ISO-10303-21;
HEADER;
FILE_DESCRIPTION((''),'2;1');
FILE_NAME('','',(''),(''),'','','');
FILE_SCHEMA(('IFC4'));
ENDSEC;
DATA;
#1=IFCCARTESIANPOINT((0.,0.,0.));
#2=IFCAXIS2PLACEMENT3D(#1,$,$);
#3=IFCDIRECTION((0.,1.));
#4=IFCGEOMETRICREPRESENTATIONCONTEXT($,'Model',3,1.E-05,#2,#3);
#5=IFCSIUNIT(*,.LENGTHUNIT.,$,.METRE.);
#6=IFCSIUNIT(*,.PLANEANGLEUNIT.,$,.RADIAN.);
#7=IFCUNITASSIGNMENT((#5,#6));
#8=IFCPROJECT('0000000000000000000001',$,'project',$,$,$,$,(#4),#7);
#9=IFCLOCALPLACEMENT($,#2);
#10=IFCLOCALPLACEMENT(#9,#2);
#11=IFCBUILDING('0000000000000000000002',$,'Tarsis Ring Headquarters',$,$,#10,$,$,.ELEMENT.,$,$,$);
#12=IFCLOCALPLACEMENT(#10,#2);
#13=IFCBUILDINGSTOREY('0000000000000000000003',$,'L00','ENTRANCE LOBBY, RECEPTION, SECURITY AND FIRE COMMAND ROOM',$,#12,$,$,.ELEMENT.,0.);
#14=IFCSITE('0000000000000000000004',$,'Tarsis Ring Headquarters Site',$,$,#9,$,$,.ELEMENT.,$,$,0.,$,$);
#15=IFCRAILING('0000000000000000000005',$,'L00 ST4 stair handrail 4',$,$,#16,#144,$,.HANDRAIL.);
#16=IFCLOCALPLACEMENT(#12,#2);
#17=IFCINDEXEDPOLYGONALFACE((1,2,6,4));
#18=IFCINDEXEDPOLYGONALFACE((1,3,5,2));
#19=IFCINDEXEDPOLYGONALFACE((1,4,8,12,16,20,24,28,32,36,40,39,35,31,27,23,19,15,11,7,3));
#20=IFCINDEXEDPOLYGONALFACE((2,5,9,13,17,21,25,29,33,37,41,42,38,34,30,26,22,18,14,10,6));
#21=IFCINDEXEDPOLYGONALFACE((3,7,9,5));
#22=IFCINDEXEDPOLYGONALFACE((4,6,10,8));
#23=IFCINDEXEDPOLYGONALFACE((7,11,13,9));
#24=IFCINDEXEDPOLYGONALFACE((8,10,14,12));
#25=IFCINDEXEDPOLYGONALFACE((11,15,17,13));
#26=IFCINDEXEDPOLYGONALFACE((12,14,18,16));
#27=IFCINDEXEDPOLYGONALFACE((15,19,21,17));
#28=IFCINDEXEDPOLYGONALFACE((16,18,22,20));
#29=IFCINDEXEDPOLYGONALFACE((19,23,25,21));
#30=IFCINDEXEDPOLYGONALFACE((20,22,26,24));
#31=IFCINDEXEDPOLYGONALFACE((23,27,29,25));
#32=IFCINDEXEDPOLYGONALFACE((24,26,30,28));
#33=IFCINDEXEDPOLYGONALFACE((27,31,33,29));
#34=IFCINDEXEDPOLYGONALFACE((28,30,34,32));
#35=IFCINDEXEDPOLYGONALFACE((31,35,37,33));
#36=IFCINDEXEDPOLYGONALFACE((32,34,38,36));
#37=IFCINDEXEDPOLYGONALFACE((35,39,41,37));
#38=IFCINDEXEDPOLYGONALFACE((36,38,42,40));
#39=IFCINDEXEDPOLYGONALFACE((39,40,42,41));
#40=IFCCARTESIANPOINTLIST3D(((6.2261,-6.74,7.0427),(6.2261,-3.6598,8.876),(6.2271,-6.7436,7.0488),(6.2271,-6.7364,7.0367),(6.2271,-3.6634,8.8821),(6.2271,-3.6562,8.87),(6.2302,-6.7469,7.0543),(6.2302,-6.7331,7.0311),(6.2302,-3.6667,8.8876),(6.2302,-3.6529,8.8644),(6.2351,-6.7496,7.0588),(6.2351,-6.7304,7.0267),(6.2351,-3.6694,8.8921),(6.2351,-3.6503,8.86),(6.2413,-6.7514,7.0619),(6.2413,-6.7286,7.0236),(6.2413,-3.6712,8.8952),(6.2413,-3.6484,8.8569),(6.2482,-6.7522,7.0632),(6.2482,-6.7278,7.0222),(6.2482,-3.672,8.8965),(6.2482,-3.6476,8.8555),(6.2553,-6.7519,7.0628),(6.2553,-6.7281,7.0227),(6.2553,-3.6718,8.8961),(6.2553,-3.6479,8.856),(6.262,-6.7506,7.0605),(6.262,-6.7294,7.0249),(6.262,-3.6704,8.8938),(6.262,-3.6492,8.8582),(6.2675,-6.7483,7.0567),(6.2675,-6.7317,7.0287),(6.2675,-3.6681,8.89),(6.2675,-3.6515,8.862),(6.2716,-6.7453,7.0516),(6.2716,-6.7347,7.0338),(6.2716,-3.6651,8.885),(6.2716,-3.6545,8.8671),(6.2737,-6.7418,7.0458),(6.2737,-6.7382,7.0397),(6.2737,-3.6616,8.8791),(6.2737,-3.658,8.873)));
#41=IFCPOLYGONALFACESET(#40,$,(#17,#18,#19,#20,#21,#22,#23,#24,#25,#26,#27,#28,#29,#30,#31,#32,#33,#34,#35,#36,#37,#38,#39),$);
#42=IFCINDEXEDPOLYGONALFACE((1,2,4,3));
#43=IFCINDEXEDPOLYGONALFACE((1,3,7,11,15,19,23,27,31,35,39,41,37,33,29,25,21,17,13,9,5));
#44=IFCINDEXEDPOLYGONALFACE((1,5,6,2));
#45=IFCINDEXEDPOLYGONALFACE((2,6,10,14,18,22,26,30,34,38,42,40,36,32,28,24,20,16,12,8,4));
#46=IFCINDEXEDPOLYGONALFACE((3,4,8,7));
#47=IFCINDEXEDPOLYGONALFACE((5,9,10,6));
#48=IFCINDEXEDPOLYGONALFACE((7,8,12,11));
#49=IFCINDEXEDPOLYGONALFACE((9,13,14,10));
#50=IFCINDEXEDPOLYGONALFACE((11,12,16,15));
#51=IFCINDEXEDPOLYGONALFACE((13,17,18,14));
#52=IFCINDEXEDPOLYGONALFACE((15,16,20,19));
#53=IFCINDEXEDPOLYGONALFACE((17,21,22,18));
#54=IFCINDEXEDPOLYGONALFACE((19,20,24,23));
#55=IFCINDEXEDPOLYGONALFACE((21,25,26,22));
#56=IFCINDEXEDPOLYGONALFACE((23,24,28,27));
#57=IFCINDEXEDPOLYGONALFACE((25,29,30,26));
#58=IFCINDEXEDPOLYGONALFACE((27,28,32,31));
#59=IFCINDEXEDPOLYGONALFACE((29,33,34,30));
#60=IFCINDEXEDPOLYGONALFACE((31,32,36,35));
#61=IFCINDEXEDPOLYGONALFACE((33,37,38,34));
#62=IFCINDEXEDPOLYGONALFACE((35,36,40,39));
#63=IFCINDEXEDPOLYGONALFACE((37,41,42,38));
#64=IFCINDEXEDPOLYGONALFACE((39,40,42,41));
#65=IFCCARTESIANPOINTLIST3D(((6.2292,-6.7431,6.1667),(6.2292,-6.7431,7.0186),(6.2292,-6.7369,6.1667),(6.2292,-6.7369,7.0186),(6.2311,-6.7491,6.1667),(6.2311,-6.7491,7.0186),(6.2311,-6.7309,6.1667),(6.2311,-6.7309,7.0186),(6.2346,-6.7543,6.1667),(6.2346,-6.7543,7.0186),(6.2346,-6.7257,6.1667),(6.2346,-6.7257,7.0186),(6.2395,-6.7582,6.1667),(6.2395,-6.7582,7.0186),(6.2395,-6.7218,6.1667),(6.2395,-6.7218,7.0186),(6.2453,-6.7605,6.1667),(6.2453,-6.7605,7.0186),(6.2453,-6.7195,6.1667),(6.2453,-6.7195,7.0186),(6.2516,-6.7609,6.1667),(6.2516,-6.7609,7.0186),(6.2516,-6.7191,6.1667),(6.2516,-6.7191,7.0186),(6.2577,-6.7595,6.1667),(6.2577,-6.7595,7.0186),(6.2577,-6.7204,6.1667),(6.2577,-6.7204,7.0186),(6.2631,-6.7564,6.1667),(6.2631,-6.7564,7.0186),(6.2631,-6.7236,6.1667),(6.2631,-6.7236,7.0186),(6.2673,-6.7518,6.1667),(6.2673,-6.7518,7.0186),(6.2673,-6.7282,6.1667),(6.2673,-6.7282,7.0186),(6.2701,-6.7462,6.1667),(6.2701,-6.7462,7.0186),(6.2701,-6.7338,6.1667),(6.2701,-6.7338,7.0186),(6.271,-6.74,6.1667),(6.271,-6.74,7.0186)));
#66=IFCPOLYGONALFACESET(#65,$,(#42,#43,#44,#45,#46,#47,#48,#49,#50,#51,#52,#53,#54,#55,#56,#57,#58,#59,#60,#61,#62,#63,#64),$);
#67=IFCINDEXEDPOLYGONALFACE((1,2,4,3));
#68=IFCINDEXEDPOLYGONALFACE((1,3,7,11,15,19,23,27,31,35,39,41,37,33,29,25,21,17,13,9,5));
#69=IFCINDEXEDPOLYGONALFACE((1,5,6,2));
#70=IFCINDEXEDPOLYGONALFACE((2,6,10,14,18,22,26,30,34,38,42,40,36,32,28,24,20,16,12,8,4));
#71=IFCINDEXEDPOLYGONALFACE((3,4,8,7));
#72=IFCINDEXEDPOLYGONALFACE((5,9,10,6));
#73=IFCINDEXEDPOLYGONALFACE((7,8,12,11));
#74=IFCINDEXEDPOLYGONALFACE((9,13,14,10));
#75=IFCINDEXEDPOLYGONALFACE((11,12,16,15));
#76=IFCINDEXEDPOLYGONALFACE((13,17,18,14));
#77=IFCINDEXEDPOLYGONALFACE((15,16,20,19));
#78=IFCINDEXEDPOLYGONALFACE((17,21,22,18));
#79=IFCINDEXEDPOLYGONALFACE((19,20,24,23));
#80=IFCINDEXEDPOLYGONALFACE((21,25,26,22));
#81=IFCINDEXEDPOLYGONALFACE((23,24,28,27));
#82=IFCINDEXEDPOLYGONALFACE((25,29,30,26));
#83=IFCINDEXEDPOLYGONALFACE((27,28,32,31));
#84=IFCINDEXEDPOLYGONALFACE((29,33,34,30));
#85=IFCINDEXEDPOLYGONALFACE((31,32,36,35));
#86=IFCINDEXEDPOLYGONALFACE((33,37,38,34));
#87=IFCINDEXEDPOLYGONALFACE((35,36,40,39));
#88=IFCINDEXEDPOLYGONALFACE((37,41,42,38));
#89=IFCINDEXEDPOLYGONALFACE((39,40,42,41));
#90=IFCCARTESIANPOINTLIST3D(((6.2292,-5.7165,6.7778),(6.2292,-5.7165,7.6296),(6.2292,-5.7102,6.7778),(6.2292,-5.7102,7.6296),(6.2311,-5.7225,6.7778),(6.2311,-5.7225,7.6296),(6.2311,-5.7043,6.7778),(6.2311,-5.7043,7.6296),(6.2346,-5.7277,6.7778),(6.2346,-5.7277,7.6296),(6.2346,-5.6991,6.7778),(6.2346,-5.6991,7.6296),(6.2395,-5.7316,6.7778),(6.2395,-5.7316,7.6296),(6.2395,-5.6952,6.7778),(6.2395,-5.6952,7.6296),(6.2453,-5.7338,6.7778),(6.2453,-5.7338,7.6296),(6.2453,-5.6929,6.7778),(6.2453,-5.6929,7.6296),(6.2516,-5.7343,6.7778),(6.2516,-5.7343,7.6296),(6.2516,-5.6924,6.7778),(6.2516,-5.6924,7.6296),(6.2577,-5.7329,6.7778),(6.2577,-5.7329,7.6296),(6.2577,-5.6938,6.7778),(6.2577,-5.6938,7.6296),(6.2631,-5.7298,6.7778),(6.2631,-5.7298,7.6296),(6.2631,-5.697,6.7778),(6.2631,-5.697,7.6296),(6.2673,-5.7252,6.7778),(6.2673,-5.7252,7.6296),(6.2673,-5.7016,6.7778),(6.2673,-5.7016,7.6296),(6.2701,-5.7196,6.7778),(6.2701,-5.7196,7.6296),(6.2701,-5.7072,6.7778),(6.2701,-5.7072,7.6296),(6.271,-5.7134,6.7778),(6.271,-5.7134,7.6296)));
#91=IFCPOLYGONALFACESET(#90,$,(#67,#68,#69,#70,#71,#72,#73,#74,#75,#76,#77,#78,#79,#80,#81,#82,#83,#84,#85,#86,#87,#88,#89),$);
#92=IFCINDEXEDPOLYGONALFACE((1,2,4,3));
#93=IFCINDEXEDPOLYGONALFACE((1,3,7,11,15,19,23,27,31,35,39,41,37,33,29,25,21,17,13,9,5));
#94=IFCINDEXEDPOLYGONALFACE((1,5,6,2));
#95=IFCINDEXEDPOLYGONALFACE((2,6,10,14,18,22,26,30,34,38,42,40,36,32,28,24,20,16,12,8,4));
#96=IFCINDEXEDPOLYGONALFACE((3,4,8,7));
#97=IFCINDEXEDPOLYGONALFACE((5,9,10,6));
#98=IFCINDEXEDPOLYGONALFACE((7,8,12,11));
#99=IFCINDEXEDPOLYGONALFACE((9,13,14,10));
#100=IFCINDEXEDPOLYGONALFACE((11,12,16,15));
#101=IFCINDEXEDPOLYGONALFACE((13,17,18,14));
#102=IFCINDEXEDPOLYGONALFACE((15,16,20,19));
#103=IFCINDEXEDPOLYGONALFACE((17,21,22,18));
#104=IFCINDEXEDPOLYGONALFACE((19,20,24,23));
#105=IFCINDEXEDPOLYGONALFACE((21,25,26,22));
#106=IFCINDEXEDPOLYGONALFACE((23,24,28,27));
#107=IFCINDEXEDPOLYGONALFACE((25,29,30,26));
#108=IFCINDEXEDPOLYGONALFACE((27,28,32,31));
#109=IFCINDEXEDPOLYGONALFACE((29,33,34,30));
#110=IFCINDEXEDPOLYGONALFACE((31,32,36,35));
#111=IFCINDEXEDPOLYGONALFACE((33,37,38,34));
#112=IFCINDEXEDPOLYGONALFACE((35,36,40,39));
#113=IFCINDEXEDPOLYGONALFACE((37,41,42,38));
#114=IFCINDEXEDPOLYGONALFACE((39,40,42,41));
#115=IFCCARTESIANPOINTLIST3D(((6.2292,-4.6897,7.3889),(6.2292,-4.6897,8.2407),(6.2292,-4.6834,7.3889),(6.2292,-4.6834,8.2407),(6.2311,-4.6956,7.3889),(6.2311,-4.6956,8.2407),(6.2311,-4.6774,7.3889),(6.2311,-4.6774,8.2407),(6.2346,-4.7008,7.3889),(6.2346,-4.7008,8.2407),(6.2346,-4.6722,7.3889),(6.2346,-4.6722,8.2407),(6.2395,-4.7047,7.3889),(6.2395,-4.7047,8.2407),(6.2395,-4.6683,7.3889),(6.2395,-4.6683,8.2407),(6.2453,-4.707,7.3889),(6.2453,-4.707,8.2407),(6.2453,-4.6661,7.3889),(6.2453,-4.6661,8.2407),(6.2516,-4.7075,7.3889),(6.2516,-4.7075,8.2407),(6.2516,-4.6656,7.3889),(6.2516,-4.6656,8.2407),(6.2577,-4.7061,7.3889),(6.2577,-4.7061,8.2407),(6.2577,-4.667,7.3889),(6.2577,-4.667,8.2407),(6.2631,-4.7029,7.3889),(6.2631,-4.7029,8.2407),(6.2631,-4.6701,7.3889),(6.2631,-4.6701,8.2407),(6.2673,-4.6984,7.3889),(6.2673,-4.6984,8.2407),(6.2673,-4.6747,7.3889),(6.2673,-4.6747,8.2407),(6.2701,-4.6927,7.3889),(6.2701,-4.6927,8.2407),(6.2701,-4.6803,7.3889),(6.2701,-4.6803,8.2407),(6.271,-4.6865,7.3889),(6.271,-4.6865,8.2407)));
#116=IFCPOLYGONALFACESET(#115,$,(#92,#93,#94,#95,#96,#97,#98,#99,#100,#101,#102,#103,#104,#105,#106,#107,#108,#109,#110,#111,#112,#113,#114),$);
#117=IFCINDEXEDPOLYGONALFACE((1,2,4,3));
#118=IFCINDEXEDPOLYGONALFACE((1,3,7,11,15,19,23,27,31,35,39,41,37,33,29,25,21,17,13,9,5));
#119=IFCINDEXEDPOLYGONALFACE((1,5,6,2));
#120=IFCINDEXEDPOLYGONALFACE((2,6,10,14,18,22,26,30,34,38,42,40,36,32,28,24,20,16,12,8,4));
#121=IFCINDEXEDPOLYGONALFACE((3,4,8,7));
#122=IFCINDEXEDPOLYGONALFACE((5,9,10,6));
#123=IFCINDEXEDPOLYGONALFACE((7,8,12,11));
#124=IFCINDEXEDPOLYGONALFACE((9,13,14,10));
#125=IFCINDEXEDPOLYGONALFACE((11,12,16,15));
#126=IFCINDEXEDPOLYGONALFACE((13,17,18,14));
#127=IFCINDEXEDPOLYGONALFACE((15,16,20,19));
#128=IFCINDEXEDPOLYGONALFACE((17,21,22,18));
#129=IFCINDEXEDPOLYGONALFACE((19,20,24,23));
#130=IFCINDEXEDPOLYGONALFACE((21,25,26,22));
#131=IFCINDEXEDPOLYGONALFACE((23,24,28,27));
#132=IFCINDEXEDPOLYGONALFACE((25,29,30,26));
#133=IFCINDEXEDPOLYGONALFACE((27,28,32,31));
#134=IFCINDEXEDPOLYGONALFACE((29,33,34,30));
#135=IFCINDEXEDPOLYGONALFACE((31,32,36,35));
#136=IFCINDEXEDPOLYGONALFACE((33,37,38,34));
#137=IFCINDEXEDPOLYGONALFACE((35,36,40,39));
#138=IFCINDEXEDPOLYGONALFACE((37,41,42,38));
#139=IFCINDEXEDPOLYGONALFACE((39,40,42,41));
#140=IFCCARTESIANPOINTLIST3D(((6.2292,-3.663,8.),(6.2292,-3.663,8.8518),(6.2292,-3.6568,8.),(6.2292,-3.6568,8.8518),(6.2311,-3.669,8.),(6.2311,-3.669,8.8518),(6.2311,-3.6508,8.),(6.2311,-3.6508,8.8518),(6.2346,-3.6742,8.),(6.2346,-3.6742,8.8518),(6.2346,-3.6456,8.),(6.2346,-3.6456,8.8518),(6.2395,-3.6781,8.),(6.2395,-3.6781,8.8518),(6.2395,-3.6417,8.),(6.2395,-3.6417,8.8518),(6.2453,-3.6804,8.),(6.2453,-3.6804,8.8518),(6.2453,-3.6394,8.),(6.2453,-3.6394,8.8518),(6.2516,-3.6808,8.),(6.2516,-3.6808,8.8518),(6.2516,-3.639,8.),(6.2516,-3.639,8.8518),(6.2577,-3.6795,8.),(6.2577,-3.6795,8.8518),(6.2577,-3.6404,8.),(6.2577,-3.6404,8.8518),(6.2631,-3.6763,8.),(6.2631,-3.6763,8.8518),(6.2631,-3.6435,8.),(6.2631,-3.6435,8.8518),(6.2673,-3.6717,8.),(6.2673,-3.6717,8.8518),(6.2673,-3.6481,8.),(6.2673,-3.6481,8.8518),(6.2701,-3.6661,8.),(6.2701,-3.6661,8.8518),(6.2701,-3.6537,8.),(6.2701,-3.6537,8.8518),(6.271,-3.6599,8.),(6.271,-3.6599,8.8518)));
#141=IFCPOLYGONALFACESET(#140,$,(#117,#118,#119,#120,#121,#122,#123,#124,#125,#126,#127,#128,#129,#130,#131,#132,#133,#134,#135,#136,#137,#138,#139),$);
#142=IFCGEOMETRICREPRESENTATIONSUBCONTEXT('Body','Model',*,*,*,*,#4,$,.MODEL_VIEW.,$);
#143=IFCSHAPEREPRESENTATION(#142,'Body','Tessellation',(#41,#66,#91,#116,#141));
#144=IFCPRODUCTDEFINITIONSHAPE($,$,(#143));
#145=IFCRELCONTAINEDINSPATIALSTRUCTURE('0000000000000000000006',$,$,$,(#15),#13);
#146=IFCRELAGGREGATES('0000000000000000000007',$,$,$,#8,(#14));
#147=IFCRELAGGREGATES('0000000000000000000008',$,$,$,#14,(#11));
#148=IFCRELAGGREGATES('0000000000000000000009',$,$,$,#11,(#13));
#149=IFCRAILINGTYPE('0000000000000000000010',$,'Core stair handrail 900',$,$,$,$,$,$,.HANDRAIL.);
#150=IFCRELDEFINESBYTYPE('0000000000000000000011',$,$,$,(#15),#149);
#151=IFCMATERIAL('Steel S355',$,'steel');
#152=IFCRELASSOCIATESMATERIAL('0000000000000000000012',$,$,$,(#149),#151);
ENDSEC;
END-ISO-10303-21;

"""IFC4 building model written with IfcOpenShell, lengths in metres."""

from ifc_helpers import new_model, si_unit, direction, frame, origin, origin_2d, place, context, subcontext, project, spatial, circle, extrude, material, type_object, element, save


model = new_model("IFC4")

# Units and contexts
model_context = context("Model", 3, precision=1e-05, world=origin(), true_north=direction((0.0, 1.0)))
body_context = subcontext(model_context, "Body", "Model", "MODEL_VIEW")
ifc_project = project(units=[si_unit("LENGTHUNIT", "METRE"), si_unit("PLANEANGLEUNIT", "RADIAN")], contexts=[model_context])

# Site, building, storey
site_placement = place(None, origin())
site = spatial("IfcSite", under=ifc_project, at=site_placement, Name="Tarsis Ring Headquarters Site", CompositionType="ELEMENT", RefElevation=0.0)
building_placement = place(site_placement, origin())
building = spatial("IfcBuilding", under=site, at=building_placement, Name="Tarsis Ring Headquarters", CompositionType="ELEMENT")
storey_placement = place(building_placement, origin())
storey = spatial("IfcBuildingStorey", under=building, at=storey_placement, Name="L00", Description="ENTRANCE LOBBY, RECEPTION, SECURITY AND FIRE COMMAND ROOM", CompositionType="ELEMENT", Elevation=0.0)

# Railing
ifc_material_1 = material(Name="Steel S355", Category="steel")
railing_type_1 = type_object("IfcRailingType", Name="Core stair handrail 900", PredefinedType="HANDRAIL", material=ifc_material_1)
for number, where, name in (
    (1, (6.25, -6.74, 6.1667), "L00 ST4 stair handrail 4"),
):
    element("IfcRailing", number, at=place(storey_placement, frame(where)), inside=storey, type_object=railing_type_1, Name=name, PredefinedType="HANDRAIL", context=body_context, shape_type="SweptSolid", body=[
        extrude(circle(Radius=0.0239, at=origin_2d()), frame((0.0, 0.0, 0.876), z_axis=(0.0, 0.859309, 0.511458), x_axis=(-1.0, 0.0, 0.0)), (0.0, 0.0, 1.0), 3.5845),
        extrude(circle(Radius=0.021, at=origin_2d()), origin(), (0.0, 0.0, 1.0), 0.8518),
        extrude(circle(Radius=0.021, at=origin_2d()), frame((0.0, 1.0266, 0.6111)), (0.0, 0.0, 1.0), 0.8518),
        extrude(circle(Radius=0.021, at=origin_2d()), frame((0.0, 2.0535, 1.2222)), (0.0, 0.0, 1.0), 0.8518),
        extrude(circle(Radius=0.021, at=origin_2d()), frame((0.0, 3.0801, 1.8333)), (0.0, 0.0, 1.0), 0.8518),
    ])

save(model, "model.ifc")
